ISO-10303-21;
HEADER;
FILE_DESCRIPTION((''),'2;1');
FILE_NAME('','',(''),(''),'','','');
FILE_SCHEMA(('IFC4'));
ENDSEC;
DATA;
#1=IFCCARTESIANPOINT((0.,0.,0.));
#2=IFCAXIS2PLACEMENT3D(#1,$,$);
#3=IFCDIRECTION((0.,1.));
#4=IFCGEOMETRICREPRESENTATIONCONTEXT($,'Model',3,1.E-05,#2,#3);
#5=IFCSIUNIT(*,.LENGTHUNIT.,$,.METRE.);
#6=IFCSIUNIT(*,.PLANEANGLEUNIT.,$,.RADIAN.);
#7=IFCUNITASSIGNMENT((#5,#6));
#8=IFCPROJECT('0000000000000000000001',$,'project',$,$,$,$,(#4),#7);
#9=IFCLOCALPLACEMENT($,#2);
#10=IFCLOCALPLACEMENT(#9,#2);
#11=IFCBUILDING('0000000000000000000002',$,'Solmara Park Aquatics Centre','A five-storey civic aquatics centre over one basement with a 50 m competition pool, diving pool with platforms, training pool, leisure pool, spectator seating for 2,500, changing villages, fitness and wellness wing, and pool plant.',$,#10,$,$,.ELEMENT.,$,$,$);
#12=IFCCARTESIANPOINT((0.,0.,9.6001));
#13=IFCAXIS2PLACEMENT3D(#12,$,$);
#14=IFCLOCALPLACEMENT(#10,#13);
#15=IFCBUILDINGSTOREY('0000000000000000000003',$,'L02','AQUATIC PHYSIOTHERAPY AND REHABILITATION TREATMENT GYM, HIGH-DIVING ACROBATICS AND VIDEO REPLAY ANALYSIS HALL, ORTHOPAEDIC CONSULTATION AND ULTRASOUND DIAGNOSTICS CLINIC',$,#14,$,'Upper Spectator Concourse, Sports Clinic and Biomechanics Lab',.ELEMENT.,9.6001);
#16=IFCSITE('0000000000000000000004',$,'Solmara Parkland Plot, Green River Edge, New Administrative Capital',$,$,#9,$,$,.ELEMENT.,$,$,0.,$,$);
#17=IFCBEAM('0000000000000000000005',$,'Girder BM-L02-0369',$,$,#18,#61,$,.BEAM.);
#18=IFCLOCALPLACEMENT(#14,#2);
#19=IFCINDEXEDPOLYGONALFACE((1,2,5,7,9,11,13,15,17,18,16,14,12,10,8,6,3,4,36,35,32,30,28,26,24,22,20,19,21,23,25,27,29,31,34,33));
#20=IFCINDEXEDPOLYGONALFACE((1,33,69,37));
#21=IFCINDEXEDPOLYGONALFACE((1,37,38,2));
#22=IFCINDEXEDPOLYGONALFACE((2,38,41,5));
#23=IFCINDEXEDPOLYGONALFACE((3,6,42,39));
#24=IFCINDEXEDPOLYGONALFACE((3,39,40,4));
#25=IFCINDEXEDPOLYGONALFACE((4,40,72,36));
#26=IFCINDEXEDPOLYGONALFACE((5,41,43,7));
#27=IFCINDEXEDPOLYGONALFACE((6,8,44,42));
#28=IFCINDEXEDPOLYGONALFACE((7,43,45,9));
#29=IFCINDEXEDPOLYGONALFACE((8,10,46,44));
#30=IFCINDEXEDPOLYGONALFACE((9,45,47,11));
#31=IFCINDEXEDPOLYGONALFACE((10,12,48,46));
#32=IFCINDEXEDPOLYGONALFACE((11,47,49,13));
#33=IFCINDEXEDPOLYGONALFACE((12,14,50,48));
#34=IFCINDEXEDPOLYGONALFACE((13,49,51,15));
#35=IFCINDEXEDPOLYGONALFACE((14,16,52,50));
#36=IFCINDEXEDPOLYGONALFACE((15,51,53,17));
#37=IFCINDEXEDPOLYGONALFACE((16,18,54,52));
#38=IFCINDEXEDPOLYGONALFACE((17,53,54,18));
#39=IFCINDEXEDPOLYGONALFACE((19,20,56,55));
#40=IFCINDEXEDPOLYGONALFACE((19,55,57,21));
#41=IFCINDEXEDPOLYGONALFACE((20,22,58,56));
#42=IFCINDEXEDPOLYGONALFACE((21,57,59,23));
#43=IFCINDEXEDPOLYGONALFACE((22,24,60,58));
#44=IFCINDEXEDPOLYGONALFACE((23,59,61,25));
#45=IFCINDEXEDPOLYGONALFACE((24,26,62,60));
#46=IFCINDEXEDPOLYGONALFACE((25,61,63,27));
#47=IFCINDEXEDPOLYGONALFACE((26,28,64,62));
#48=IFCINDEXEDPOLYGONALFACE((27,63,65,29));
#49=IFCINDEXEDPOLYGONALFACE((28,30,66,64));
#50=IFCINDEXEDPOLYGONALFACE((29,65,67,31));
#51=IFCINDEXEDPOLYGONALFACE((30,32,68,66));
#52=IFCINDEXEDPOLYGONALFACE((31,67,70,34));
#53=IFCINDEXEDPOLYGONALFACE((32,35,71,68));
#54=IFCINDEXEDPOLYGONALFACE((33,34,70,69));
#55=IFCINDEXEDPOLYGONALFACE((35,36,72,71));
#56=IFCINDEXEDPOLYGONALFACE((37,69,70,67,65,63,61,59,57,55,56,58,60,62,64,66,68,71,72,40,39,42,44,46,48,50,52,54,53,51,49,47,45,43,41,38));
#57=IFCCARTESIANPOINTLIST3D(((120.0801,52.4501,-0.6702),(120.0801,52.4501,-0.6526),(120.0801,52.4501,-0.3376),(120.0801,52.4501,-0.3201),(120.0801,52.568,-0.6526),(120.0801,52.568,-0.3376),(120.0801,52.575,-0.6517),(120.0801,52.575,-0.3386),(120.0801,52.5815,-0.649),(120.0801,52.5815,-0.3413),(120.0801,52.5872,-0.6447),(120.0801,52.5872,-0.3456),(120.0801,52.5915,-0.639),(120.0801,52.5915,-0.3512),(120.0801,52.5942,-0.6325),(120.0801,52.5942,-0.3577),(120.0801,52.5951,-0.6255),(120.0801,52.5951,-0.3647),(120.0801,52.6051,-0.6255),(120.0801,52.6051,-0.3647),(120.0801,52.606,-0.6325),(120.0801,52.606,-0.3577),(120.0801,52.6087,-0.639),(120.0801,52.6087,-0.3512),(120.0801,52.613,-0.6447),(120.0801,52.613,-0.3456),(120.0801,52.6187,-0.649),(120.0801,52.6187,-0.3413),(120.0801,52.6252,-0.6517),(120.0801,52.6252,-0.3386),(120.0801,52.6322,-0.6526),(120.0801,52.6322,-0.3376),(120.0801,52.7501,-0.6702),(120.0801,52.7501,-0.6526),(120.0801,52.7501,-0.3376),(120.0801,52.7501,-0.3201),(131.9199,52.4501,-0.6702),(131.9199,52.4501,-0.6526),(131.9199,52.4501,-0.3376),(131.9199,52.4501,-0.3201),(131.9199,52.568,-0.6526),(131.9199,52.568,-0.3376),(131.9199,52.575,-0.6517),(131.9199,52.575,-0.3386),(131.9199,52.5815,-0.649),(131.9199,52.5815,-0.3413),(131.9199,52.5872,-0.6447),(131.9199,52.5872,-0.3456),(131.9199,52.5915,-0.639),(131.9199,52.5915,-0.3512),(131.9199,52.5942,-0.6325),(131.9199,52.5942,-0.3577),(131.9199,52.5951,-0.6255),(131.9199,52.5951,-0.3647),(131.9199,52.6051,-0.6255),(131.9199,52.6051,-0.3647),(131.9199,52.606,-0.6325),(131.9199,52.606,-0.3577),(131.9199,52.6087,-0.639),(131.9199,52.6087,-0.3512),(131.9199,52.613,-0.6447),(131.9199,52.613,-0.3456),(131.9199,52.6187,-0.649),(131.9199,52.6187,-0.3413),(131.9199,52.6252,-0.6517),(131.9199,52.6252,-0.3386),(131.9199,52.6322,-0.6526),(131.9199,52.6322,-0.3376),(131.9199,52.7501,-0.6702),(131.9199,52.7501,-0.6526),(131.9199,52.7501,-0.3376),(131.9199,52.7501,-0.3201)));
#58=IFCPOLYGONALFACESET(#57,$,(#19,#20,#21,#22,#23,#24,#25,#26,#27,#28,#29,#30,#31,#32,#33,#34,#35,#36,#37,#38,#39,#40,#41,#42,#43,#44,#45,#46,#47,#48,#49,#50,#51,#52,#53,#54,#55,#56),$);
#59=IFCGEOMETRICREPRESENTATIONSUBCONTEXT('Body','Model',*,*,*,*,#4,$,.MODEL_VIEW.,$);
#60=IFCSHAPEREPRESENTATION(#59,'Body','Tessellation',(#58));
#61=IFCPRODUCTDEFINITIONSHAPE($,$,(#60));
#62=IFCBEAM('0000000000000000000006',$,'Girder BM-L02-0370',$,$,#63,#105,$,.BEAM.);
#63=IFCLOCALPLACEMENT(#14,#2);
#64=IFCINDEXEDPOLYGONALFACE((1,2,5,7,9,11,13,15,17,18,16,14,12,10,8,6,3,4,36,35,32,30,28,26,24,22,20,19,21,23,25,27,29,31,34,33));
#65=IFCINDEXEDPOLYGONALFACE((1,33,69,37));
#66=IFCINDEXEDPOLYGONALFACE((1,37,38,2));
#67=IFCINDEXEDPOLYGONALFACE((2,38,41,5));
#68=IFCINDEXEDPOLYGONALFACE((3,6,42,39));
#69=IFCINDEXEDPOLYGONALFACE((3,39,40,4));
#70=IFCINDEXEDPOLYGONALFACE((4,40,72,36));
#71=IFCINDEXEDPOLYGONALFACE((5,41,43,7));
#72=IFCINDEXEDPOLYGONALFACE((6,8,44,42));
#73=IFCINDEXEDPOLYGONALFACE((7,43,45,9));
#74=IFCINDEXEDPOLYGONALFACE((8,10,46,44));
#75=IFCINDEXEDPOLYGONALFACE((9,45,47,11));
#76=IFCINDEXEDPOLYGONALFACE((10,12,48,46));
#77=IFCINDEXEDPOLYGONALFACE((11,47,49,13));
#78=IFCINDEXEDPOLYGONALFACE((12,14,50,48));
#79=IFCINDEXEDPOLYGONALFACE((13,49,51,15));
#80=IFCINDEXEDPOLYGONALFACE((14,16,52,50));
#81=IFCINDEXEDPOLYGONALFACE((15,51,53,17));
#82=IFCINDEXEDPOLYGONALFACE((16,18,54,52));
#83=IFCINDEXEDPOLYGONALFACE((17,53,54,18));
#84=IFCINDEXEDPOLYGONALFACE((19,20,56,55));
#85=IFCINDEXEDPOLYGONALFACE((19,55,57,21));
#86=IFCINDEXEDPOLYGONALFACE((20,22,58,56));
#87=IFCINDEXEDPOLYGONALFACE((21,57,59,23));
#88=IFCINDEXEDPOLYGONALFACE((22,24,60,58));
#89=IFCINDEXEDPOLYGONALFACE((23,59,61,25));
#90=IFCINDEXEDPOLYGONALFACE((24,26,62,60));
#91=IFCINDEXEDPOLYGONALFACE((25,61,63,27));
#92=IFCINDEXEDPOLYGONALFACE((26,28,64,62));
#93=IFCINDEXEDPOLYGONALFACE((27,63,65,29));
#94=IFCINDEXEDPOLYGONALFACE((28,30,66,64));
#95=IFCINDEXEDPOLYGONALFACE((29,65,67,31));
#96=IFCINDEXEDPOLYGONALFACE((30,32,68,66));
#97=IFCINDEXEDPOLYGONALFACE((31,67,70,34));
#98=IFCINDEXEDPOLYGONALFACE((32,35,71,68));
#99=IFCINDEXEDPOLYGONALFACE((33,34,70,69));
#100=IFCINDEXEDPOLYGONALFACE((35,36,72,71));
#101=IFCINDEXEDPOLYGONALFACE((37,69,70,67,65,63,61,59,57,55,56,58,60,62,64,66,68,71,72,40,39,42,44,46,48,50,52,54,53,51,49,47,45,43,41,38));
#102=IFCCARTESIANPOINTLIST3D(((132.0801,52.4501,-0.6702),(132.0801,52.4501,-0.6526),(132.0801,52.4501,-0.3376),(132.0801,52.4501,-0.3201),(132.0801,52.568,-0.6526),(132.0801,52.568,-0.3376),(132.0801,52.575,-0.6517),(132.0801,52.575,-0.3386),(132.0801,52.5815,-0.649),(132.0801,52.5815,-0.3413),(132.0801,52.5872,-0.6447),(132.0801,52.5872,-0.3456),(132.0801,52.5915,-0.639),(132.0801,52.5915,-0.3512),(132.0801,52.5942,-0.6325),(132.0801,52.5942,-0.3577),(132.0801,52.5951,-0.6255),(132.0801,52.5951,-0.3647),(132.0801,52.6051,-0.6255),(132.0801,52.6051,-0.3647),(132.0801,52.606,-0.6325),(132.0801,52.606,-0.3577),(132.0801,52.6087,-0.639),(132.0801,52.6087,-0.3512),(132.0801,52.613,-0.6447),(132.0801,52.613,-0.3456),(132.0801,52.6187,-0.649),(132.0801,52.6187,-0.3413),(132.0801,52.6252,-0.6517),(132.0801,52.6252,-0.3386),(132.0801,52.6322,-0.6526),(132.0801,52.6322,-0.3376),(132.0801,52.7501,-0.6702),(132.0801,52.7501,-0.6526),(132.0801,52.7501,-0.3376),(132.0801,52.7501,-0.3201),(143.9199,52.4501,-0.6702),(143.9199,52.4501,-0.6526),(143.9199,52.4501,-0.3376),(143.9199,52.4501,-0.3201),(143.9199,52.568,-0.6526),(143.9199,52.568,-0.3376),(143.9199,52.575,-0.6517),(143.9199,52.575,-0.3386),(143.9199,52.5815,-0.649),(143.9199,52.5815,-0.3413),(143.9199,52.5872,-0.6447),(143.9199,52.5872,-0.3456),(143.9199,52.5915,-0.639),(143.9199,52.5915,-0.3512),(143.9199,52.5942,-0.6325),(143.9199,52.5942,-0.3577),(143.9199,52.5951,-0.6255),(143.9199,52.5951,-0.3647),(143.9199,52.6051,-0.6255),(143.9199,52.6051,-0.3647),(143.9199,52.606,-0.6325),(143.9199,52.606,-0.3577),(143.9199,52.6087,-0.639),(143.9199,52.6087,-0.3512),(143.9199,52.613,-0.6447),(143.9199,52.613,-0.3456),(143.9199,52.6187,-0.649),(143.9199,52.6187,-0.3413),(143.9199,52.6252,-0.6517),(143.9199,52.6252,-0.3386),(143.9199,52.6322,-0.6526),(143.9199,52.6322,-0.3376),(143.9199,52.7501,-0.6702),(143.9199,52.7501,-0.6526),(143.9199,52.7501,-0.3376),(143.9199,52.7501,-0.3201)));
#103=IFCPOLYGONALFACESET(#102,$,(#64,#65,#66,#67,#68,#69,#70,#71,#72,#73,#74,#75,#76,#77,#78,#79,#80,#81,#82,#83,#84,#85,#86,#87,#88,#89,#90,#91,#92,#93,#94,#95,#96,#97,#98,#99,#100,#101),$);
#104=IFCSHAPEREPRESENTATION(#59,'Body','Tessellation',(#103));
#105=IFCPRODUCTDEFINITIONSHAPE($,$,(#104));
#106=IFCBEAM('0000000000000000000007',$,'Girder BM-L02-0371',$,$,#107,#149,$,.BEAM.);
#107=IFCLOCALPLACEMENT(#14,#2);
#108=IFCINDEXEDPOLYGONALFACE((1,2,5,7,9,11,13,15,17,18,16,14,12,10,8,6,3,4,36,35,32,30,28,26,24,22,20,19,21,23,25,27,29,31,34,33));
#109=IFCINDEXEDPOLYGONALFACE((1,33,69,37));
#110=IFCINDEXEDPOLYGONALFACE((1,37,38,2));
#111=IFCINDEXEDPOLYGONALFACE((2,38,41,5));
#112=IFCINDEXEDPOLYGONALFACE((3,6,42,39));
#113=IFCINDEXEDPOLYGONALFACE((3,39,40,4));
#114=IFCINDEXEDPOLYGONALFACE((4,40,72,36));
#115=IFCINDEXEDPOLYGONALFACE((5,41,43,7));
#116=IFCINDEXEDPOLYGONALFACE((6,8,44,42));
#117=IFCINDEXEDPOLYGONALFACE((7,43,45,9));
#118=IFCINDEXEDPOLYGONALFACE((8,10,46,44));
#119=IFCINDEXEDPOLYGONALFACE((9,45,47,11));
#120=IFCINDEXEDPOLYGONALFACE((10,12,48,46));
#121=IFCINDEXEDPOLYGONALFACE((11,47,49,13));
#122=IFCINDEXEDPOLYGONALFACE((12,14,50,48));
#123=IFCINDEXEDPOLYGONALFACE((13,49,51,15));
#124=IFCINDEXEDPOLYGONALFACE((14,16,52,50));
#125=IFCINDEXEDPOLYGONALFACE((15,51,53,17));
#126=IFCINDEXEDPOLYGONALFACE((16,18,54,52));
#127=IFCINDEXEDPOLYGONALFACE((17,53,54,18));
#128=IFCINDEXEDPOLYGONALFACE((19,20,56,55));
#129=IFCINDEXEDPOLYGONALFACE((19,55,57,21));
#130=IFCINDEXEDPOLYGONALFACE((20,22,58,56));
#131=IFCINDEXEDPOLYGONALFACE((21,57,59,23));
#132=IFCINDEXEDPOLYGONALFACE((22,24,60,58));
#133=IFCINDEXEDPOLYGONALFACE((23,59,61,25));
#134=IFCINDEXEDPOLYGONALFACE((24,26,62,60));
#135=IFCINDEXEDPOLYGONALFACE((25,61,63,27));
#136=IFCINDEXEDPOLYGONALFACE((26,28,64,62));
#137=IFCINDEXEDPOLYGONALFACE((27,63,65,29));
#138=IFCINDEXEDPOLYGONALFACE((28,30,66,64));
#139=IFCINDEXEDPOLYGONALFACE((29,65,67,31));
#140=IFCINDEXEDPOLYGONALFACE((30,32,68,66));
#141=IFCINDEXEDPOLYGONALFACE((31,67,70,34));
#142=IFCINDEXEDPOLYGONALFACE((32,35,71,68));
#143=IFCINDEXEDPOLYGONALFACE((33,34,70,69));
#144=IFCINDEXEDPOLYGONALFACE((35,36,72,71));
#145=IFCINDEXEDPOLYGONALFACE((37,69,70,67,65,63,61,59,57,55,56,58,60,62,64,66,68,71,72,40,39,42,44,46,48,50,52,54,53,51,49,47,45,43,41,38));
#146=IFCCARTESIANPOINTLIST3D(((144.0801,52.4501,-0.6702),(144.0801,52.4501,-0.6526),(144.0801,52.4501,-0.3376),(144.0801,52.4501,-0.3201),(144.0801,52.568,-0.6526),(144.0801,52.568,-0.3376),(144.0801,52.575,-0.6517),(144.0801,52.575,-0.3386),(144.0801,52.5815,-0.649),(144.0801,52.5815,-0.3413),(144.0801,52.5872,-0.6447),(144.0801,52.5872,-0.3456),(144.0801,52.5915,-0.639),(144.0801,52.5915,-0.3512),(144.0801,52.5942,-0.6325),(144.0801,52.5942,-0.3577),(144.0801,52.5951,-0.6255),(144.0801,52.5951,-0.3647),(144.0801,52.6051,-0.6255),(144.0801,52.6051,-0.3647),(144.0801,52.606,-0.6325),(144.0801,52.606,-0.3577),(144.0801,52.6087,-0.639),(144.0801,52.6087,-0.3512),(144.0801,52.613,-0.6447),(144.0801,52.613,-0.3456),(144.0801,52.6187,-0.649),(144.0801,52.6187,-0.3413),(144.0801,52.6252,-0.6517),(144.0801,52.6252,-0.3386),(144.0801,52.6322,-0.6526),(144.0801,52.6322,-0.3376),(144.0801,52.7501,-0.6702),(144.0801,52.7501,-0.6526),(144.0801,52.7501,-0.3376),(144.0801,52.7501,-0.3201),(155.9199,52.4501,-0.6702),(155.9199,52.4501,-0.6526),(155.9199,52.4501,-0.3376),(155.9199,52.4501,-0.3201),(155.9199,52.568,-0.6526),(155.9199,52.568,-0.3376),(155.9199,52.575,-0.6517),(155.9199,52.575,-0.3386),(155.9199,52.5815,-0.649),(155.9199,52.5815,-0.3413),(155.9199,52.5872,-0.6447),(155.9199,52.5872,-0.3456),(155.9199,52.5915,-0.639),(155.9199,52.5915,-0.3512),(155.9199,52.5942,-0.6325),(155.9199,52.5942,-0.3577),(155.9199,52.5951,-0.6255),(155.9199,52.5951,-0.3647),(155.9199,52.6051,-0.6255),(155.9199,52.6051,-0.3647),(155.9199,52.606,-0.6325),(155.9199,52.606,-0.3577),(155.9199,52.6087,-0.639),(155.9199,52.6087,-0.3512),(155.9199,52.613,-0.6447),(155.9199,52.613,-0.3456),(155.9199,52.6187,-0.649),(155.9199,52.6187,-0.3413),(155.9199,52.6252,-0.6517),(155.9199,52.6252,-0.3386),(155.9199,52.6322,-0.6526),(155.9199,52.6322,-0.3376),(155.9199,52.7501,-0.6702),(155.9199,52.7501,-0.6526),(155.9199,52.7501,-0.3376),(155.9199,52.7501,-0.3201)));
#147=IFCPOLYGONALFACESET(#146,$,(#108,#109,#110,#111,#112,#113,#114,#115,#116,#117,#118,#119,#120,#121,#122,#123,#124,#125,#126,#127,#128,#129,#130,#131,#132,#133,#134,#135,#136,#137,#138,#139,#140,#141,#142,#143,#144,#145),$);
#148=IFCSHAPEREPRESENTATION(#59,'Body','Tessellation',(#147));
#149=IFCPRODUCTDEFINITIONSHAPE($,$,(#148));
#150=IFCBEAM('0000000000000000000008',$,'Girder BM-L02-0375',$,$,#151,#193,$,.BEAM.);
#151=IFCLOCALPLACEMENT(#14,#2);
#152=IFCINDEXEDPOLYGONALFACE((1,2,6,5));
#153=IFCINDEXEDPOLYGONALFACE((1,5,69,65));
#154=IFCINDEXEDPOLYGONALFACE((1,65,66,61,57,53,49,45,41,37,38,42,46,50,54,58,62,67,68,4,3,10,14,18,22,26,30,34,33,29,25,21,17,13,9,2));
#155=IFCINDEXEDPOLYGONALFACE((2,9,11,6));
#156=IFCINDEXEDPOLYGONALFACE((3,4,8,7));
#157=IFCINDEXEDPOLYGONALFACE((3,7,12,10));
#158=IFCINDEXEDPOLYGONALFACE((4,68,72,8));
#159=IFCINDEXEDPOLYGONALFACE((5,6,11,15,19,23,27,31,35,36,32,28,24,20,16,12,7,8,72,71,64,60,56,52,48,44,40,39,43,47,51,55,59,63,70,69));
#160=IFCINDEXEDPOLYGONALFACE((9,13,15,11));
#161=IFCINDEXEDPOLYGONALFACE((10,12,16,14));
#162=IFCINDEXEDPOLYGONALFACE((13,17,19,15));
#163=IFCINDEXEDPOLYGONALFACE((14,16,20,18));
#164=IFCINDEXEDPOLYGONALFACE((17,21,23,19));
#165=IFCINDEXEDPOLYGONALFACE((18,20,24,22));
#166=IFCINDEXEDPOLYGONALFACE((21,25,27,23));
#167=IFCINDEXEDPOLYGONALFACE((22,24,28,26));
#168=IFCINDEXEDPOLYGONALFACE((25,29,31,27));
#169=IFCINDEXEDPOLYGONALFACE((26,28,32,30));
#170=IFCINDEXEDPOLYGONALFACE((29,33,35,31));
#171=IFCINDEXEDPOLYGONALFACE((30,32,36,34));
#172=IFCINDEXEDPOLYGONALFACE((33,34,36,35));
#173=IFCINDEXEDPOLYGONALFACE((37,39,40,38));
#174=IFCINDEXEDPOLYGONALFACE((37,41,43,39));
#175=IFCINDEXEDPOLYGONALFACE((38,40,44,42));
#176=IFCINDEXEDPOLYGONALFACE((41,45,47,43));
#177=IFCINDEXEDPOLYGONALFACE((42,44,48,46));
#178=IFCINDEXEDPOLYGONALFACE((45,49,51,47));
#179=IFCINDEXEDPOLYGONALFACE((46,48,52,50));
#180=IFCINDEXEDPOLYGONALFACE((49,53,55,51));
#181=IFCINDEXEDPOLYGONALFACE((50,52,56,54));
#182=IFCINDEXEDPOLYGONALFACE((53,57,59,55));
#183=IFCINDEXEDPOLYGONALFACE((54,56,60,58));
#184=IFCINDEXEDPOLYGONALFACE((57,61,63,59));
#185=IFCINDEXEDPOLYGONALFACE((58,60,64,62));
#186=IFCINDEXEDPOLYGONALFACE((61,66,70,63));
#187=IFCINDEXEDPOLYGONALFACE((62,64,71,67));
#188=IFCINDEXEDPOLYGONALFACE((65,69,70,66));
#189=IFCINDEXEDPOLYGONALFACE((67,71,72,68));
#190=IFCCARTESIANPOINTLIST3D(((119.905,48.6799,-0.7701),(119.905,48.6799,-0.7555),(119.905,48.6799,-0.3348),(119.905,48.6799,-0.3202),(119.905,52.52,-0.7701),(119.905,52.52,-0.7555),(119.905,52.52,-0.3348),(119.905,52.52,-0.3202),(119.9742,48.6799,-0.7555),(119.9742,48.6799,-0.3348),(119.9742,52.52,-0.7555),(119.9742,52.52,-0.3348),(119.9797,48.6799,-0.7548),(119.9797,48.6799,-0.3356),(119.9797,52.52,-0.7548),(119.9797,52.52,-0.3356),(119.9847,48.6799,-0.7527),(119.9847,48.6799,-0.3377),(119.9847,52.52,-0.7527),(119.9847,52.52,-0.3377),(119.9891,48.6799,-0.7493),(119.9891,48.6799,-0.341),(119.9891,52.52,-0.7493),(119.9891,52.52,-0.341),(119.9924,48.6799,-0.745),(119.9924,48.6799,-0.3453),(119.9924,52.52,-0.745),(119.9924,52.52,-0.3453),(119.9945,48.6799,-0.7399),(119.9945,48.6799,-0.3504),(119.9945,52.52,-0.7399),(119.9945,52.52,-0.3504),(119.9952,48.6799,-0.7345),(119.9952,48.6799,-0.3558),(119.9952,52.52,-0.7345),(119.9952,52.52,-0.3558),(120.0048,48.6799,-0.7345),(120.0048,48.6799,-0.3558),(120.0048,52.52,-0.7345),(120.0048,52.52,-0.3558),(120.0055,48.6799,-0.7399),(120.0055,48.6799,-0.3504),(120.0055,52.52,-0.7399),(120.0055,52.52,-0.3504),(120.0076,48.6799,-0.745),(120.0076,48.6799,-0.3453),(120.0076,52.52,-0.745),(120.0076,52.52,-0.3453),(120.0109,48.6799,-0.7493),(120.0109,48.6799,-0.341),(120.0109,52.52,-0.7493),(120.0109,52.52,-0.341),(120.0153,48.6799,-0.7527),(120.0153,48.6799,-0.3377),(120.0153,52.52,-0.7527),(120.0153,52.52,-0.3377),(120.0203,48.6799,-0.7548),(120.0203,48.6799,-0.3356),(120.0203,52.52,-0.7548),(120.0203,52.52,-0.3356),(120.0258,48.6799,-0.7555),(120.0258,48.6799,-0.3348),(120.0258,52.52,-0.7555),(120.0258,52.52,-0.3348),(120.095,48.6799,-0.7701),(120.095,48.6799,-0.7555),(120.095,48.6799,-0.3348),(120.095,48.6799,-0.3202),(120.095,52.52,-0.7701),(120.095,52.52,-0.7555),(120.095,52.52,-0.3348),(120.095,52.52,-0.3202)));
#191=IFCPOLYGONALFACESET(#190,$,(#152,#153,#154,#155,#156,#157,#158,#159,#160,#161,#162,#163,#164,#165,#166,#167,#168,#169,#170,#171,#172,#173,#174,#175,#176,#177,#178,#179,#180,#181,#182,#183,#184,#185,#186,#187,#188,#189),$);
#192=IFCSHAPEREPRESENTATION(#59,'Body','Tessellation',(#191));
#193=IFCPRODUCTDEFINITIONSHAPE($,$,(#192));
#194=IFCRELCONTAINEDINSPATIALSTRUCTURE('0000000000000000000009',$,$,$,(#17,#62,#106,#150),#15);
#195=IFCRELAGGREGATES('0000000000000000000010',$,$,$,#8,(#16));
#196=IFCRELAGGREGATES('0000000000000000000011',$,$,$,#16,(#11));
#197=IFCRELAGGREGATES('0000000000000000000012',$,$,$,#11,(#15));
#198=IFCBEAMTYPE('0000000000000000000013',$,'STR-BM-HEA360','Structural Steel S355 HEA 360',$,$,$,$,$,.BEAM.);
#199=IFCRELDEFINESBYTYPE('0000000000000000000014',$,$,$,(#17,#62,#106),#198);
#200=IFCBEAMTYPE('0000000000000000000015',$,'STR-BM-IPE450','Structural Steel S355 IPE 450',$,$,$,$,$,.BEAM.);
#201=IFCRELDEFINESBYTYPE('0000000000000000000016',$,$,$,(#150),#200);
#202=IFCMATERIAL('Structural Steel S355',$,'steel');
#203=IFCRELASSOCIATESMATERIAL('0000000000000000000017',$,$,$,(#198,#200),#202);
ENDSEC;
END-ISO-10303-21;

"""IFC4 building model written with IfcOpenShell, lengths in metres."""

from ifc_helpers import new_model, si_unit, direction, frame, origin, origin_2d, place, context, subcontext, project, spatial, i_section, extrude, material, material_profile, profile_set, type_object, element, save


model = new_model("IFC4")

# Units and contexts
model_context = context("Model", 3, precision=1e-05, world=origin(), true_north=direction((0.0, 1.0)))
body_context = subcontext(model_context, "Body", "Model", "MODEL_VIEW")
ifc_project = project(units=[si_unit("LENGTHUNIT", "METRE"), si_unit("PLANEANGLEUNIT", "RADIAN")], contexts=[model_context])

# Site, building, storey
site_placement = place(None, origin())
site = spatial("IfcSite", under=ifc_project, at=site_placement, Name="Solmara Parkland Plot, Green River Edge, New Administrative Capital", CompositionType="ELEMENT", RefElevation=0.0)
building_placement = place(site_placement, origin())
building = spatial("IfcBuilding", under=site, at=building_placement, Name="Solmara Park Aquatics Centre", Description="A five-storey civic aquatics centre over one basement with a 50 m competition pool, diving pool with platforms, training pool, leisure pool, spectator seating for 2,500, changing villages, fitness and wellness wing, and pool plant.", CompositionType="ELEMENT")
storey_placement = place(building_placement, frame((0.0, 0.0, 9.6001)))
storey = spatial("IfcBuildingStorey", under=building, at=storey_placement, Name="L02", Description="AQUATIC PHYSIOTHERAPY AND REHABILITATION TREATMENT GYM, HIGH-DIVING ACROBATICS AND VIDEO REPLAY ANALYSIS HALL, ORTHOPAEDIC CONSULTATION AND ULTRASOUND DIAGNOSTICS CLINIC", LongName="Upper Spectator Concourse, Sports Clinic and Biomechanics Lab", CompositionType="ELEMENT", Elevation=9.6001)

# Shared definitions
ifc_material_1 = material(Name="Structural Steel S355", Category="steel")

# Beams
ifc_material_profile_1 = material_profile(ifc_material_1, i_section(OverallWidth=0.3, OverallDepth=0.3501, WebThickness=0.01, FlangeThickness=0.0176, FilletRadius=0.0271, at=origin_2d()), Name="HEA 360")
ifc_profile_set_1 = profile_set([ifc_material_profile_1], Name="Structural Steel S355")
beam_type_1 = type_object("IfcBeamType", Name="STR-BM-HEA360", Description="Structural Steel S355 HEA 360", PredefinedType="BEAM", material=ifc_profile_set_1)
for number, where, z_axis, x_axis, name in (
    (1, (120.0801, 52.6001, -0.4951), (1.0, 0.0, 0.0), (0.0, 1.0, 0.0), "Girder BM-L02-0369"),
    (2, (132.0801, 52.6001, -0.4951), (1.0, 0.0, 0.0), (0.0, 1.0, 0.0), "Girder BM-L02-0370"),
    (3, (144.0801, 52.6001, -0.4951), (1.0, 0.0, 0.0), (0.0, 1.0, 0.0), "Girder BM-L02-0371"),
):
    element("IfcBeam", number, at=place(storey_placement, frame(where, z_axis=z_axis, x_axis=x_axis)), inside=storey, type_object=beam_type_1, Name=name, PredefinedType="BEAM", context=body_context, shape_type="SweptSolid", body=[
        extrude(i_section(OverallWidth=0.3, OverallDepth=0.3501, WebThickness=0.01, FlangeThickness=0.0176, FilletRadius=0.0271, at=origin_2d()), origin(), (0.0, 0.0, 1.0), 11.8398),
    ])
ifc_material_profile_2 = material_profile(ifc_material_1, i_section(OverallWidth=0.1899, OverallDepth=0.45, WebThickness=0.0095, FlangeThickness=0.0146, FilletRadius=0.021, at=origin_2d()), Name="IPE 450")
ifc_profile_set_2 = profile_set([ifc_material_profile_2], Name="Structural Steel S355")
beam_type_2 = type_object("IfcBeamType", Name="STR-BM-IPE450", Description="Structural Steel S355 IPE 450", PredefinedType="BEAM", material=ifc_profile_set_2)
for number, where, z_axis, x_axis, name in (
    (4, (120.0, 48.6799, -0.5452), (0.0, 1.0, 0.0), (-1.0, 0.0, 0.0), "Girder BM-L02-0375"),
):
    element("IfcBeam", number, at=place(storey_placement, frame(where, z_axis=z_axis, x_axis=x_axis)), inside=storey, type_object=beam_type_2, Name=name, PredefinedType="BEAM", context=body_context, shape_type="SweptSolid", body=[
        extrude(i_section(OverallWidth=0.1899, OverallDepth=0.45, WebThickness=0.0095, FlangeThickness=0.0146, FilletRadius=0.021, at=origin_2d()), origin(), (0.0, 0.0, 1.0), 3.8401),
    ])

save(model, "model.ifc")
